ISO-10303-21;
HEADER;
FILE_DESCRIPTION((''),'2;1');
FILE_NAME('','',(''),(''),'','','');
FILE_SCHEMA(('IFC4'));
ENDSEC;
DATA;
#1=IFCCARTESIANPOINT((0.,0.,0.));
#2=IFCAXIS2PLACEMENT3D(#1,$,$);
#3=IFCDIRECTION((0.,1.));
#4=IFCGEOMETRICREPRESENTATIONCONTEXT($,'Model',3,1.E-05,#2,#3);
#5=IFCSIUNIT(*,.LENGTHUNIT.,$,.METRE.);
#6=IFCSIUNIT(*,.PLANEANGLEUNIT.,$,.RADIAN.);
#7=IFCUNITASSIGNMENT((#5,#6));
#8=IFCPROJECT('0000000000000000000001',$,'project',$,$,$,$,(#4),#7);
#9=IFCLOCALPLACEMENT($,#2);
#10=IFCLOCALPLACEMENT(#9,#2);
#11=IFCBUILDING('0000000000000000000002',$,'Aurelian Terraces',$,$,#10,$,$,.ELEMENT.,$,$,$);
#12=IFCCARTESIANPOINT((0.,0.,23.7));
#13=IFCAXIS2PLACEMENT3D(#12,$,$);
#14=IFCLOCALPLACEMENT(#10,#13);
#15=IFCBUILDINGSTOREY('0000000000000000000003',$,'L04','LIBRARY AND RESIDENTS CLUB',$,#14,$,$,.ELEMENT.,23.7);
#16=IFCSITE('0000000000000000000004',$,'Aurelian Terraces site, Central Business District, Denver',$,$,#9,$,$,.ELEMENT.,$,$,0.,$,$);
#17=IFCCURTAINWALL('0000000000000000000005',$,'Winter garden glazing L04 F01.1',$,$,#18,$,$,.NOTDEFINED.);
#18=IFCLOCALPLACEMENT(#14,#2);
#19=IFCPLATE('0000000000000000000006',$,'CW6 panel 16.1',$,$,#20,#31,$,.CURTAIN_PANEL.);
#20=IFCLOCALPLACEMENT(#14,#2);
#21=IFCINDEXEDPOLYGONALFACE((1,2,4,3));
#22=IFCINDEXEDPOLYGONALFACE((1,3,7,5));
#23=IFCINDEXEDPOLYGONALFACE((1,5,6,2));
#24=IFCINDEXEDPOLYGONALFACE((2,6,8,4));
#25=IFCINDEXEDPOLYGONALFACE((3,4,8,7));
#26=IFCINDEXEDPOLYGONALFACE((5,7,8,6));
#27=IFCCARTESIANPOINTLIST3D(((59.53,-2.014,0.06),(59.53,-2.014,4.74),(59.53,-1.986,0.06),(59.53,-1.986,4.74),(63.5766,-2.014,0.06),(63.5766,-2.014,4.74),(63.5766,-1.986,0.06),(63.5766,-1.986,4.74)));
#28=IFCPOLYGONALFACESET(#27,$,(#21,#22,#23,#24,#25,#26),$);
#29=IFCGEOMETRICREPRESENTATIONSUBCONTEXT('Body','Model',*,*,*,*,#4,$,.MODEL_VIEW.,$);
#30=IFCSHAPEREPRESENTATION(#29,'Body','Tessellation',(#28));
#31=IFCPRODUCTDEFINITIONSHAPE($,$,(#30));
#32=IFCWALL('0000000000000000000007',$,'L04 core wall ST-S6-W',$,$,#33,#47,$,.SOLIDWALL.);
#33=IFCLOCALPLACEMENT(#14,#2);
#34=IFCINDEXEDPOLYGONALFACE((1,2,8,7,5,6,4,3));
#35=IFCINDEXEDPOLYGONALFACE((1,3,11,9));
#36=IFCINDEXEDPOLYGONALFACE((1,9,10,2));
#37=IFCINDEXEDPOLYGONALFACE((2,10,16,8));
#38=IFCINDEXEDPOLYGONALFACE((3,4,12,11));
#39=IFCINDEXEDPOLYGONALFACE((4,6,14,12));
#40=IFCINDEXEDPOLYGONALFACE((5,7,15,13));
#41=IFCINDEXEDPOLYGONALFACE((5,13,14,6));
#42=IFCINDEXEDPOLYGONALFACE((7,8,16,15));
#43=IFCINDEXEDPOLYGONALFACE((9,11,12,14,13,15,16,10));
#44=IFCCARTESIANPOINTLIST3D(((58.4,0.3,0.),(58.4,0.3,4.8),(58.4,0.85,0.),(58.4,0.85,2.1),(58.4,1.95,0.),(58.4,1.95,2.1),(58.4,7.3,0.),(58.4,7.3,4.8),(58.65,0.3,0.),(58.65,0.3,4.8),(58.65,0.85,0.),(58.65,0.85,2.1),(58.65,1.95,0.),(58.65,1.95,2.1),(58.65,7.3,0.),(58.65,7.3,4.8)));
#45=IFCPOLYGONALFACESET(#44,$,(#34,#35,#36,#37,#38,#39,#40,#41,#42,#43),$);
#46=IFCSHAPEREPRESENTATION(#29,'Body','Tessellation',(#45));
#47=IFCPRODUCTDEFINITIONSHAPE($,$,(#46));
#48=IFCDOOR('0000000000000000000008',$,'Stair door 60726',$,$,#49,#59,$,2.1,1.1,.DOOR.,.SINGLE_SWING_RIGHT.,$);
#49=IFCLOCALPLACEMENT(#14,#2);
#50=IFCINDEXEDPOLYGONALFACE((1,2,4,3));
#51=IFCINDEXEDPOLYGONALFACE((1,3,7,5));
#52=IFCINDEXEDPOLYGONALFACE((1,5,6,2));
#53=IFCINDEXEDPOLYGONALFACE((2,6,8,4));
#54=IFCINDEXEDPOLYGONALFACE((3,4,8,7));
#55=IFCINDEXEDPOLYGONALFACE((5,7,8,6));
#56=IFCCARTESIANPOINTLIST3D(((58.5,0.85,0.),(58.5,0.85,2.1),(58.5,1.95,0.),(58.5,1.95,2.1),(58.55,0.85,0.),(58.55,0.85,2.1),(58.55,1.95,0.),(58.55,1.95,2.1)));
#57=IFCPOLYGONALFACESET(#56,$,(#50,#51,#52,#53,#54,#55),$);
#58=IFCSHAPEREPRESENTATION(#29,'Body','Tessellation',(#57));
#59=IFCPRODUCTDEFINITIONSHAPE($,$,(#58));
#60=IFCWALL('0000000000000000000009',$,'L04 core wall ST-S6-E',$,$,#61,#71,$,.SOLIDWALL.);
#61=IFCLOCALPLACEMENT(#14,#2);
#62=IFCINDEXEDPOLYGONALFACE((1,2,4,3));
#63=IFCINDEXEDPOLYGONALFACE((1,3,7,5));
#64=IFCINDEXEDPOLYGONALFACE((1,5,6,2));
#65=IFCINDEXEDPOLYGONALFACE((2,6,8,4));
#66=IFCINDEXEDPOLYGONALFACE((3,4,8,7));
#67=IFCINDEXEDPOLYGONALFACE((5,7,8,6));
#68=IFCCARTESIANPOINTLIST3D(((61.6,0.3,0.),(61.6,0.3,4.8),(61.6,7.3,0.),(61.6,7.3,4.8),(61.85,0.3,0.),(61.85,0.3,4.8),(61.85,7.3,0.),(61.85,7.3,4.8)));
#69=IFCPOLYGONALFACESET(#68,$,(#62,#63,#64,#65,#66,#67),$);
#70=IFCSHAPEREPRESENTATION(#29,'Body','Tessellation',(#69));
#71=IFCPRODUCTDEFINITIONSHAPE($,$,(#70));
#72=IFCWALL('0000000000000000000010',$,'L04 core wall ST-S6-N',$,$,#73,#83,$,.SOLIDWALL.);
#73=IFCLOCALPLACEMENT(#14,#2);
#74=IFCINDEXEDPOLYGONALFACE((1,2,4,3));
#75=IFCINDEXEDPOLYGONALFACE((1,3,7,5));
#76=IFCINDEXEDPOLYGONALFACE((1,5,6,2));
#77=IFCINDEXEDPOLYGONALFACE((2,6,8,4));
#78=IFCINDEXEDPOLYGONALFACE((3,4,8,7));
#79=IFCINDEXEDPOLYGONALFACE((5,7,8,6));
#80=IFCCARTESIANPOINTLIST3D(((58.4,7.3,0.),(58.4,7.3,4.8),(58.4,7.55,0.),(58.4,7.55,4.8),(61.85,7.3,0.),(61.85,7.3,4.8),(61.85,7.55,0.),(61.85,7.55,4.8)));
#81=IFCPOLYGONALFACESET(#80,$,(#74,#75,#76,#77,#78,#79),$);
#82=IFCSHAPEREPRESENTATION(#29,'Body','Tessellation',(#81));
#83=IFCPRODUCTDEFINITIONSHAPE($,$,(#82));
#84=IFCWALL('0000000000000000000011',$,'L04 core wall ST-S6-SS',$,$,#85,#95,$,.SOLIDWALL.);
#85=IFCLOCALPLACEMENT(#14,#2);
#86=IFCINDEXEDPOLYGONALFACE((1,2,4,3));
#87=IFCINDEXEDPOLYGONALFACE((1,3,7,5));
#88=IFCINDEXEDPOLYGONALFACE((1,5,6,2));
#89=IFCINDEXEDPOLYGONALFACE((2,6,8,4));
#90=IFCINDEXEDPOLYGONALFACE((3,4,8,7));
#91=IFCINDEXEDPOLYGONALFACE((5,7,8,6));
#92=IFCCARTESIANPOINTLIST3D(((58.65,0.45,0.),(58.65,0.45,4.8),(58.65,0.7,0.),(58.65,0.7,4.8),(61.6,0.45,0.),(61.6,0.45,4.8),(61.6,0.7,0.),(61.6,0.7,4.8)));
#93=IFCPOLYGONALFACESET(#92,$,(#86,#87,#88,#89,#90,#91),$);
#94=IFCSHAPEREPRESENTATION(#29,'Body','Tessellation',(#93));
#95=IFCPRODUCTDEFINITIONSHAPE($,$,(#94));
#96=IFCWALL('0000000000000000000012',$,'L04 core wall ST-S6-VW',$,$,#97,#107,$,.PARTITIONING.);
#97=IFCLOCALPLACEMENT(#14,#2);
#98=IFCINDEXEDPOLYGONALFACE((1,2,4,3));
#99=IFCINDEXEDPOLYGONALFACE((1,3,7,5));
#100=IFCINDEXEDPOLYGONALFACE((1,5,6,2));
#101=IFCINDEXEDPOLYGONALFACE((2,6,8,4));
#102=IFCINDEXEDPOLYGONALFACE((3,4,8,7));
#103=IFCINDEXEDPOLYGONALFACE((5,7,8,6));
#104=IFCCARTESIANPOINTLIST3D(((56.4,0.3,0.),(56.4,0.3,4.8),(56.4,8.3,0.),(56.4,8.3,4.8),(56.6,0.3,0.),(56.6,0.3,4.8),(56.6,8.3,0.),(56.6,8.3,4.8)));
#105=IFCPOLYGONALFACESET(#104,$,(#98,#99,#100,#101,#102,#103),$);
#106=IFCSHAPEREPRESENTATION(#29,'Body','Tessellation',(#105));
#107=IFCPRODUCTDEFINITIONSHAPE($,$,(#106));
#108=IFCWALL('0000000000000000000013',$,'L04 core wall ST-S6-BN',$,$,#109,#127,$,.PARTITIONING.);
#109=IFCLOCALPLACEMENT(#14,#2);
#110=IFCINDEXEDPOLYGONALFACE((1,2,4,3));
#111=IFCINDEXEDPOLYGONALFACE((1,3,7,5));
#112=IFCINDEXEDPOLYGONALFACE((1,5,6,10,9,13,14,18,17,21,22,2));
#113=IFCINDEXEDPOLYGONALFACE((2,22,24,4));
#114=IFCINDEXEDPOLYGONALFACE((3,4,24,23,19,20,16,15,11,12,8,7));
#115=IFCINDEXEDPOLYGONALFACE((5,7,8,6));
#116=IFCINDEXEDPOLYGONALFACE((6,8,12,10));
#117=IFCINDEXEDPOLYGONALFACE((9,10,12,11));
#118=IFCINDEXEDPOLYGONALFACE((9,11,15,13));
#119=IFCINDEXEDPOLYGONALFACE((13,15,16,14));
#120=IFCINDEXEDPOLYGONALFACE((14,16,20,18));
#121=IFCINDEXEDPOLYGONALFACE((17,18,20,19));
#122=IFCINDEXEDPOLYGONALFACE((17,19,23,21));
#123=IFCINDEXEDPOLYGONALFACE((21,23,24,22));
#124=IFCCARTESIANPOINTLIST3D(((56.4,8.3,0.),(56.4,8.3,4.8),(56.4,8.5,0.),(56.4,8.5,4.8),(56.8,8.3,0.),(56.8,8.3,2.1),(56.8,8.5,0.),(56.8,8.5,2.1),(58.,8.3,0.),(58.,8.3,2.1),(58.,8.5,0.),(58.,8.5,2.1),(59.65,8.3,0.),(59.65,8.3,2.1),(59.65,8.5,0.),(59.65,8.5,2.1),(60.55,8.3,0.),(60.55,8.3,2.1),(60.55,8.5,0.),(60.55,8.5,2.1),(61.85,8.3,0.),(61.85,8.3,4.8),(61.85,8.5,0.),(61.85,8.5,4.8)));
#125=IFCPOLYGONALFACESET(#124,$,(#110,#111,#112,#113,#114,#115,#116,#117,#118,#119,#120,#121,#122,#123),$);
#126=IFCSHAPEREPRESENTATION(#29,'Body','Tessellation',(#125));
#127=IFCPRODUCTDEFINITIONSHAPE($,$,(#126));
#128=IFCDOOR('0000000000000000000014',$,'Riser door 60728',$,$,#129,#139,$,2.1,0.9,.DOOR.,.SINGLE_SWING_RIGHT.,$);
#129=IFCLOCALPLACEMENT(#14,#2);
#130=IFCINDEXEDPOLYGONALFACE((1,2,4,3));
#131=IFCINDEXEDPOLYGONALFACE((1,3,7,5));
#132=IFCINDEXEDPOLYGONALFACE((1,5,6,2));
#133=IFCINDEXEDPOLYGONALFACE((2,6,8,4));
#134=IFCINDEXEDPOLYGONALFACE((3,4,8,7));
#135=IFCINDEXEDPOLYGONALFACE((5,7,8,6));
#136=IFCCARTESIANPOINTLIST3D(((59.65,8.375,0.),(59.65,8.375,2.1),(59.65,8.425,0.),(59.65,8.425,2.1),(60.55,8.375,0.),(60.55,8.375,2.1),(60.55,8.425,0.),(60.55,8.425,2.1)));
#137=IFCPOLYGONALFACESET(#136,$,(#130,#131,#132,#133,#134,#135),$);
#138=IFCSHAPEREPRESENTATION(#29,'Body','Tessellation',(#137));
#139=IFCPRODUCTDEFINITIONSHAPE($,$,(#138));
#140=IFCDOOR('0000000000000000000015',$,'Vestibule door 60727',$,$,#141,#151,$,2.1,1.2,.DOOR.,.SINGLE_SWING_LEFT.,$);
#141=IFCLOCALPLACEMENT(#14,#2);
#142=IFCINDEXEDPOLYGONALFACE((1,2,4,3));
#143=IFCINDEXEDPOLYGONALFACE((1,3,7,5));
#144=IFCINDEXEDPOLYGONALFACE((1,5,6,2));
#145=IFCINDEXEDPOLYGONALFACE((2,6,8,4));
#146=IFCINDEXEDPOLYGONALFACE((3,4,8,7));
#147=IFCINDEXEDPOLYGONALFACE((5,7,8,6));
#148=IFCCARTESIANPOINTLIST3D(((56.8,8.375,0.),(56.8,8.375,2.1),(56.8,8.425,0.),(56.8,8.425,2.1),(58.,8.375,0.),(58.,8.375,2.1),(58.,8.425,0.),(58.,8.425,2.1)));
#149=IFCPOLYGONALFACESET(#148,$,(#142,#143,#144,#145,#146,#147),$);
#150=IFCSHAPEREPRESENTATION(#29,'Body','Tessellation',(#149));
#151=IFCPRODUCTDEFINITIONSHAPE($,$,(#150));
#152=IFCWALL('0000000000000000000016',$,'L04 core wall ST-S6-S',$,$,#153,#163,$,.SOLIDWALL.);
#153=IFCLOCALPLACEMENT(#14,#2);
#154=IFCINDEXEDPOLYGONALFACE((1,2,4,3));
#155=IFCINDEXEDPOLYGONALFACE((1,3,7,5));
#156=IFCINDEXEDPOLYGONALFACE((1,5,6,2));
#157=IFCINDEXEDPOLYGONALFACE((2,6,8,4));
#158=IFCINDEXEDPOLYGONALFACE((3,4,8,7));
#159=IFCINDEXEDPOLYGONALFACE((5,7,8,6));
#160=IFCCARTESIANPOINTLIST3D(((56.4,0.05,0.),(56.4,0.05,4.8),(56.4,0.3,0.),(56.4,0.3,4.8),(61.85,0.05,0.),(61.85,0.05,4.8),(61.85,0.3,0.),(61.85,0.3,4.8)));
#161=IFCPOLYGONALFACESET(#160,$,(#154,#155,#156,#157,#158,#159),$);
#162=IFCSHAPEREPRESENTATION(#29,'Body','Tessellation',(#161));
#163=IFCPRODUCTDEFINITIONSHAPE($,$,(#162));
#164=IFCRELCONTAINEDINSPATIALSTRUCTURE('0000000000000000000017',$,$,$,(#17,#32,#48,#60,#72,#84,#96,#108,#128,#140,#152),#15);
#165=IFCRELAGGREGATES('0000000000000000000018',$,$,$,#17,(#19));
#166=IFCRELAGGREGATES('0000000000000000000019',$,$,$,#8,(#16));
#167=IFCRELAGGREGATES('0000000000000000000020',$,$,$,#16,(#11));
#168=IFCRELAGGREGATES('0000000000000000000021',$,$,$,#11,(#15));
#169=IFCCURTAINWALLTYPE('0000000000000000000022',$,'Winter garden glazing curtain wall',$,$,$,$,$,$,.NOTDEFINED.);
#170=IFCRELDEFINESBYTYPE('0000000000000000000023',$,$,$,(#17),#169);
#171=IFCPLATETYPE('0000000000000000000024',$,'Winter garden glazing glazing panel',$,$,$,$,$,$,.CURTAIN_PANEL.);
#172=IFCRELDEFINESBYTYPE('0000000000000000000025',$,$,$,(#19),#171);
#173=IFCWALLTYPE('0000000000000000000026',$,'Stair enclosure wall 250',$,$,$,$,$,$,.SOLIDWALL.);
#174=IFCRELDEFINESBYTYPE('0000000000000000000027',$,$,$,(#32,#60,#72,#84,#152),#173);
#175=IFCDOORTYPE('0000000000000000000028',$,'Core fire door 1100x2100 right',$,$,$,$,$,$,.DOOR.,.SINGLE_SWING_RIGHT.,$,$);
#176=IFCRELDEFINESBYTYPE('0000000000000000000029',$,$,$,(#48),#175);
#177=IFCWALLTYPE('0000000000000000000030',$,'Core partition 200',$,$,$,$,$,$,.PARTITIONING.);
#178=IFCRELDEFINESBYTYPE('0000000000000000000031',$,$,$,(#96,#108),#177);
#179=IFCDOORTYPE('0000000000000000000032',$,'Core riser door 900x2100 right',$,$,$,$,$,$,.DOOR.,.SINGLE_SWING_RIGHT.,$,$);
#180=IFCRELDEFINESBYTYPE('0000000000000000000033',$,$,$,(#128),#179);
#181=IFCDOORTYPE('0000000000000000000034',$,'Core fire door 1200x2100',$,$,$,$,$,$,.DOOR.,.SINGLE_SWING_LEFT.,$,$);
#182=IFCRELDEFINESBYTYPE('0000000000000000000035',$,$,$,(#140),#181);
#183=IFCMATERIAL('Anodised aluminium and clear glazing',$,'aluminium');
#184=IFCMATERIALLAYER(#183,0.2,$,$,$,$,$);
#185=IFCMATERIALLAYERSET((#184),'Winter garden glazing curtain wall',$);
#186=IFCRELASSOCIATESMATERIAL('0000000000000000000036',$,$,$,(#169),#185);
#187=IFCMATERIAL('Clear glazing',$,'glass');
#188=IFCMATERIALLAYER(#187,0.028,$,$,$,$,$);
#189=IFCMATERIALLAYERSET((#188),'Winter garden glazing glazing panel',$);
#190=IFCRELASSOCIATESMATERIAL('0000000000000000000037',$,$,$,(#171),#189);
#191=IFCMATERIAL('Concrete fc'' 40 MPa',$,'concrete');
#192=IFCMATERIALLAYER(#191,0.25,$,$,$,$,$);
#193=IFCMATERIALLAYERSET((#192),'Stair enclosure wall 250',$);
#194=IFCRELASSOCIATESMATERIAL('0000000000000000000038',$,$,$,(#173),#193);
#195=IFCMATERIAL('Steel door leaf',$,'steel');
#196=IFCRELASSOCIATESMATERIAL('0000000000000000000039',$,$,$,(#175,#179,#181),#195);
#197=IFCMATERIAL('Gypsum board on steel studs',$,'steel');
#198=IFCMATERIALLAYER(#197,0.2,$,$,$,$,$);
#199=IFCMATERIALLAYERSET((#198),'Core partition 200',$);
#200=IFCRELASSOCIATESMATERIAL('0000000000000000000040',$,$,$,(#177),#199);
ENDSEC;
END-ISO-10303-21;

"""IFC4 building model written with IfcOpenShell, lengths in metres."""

from ifc_helpers import new_model, si_unit, direction, frame, frame_2d, origin, origin_2d, place, context, subcontext, project, spatial, rectangle, extrude, source, transform, mapped, material, layer, layer_set, type_object, element, fill, aggregate, save


model = new_model("IFC4")

# Units and contexts
model_context = context("Model", 3, precision=1e-05, world=origin(), true_north=direction((0.0, 1.0)))
body_context = subcontext(model_context, "Body", "Model", "MODEL_VIEW")
ifc_project = project(units=[si_unit("LENGTHUNIT", "METRE"), si_unit("PLANEANGLEUNIT", "RADIAN")], contexts=[model_context])

# Site, building, storey
site_placement = place(None, origin())
site = spatial("IfcSite", under=ifc_project, at=site_placement, Name="Aurelian Terraces site, Central Business District, Denver", CompositionType="ELEMENT", RefElevation=0.0)
building_placement = place(site_placement, origin())
building = spatial("IfcBuilding", under=site, at=building_placement, Name="Aurelian Terraces", CompositionType="ELEMENT")
storey_placement = place(building_placement, frame((0.0, 0.0, 23.7)))
storey = spatial("IfcBuildingStorey", under=building, at=storey_placement, Name="L04", Description="LIBRARY AND RESIDENTS CLUB", CompositionType="ELEMENT", Elevation=23.7)

# Curtain wall, plate
ifc_material_1 = material(Name="Anodised aluminium and clear glazing", Category="aluminium")
ifc_layer_1 = layer(ifc_material_1, 0.2)
ifc_layer_set_1 = layer_set([ifc_layer_1], Name="Winter garden glazing curtain wall")
curtain_wall_type = type_object("IfcCurtainWallType", Name="Winter garden glazing curtain wall", PredefinedType="NOTDEFINED", material=ifc_layer_set_1)
curtain_wall_placement = place(storey_placement, origin())
curtain_wall = element("IfcCurtainWall", 1, at=curtain_wall_placement, inside=storey, type_object=curtain_wall_type, Name="Winter garden glazing L04 F01.1", PredefinedType="NOTDEFINED")
ifc_material_2 = material(Name="Clear glazing", Category="glass")
ifc_layer_2 = layer(ifc_material_2, 0.028)
ifc_layer_set_2 = layer_set([ifc_layer_2], Name="Winter garden glazing glazing panel")
plate_type = type_object("IfcPlateType", Name="Winter garden glazing glazing panel", PredefinedType="CURTAIN_PANEL", material=ifc_layer_set_2)
shared_shape_1 = source(origin(), body_context, "Body", "SweptSolid", [
    extrude(rectangle(XDim=4.0467, YDim=0.028, at=origin_2d()), origin(), (0.0, 0.0, 1.0), 4.68),
])
plate_1_placement = place(storey_placement, frame((61.5533, -2.0, 0.06), z_axis=(0.0, 0.0, 1.0), x_axis=(1.0, 0.0, 0.0)))
plate_1 = element("IfcPlate", 2, at=plate_1_placement, type_object=plate_type, Name="CW6 panel 16.1", PredefinedType="CURTAIN_PANEL", context=body_context, shape_type="MappedRepresentation", body=[
    mapped(shared_shape_1, transform((0.0, 0.0, 0.0), scale=1.0)),
])
aggregate(curtain_wall, [plate_1])

# Wall, opening, door
ifc_material_3 = material(Name="Concrete fc' 40 MPa", Category="concrete")
ifc_layer_3 = layer(ifc_material_3, 0.25)
ifc_layer_set_3 = layer_set([ifc_layer_3], Name="Stair enclosure wall 250")
wall_type_1 = type_object("IfcWallType", Name="Stair enclosure wall 250", PredefinedType="SOLIDWALL", material=ifc_layer_set_3)
shared_shape_2 = source(origin(), body_context, "Body", "SweptSolid", [
    extrude(rectangle(XDim=7.0, YDim=0.25, at=frame_2d((3.5, 0.0))), origin(), (0.0, 0.0, 1.0), 4.8),
])
wall_1_placement = place(storey_placement, frame((58.525, 0.3, 0.0), z_axis=(0.0, 0.0, 1.0), x_axis=(0.0, 1.0, 0.0)))
wall_1 = element("IfcWall", 3, at=wall_1_placement, inside=storey, type_object=wall_type_1, Name="L04 core wall ST-S6-W", PredefinedType="SOLIDWALL", context=body_context, shape_type="MappedRepresentation", body=[
    mapped(shared_shape_2, transform((0.0, 0.0, 0.0), scale=1.0)),
])
shared_shape_3 = source(origin(), body_context, "Body", "SweptSolid", [
    extrude(rectangle(XDim=1.1, YDim=2.1, at=frame_2d((0.55, 1.05))), frame((0.0, 0.135, 0.0), z_axis=(0.0, -1.0, 0.0), x_axis=(1.0, 0.0, 0.0)), (0.0, 0.0, 1.0), 0.27),
])
opening_1_placement = place(wall_1_placement, frame((0.55, 0.0, 0.0)))
opening_1 = element("IfcOpeningElement", 4, at=opening_1_placement, cuts=wall_1, PredefinedType="OPENING", context=body_context, shape_type="MappedRepresentation", body=[
    mapped(shared_shape_3, transform((0.0, 0.0, 0.0), scale=1.0)),
])
ifc_material_4 = material(Name="Steel door leaf", Category="steel")
door_type_1 = type_object("IfcDoorType", Name="Core fire door 1100x2100 right", OperationType="SINGLE_SWING_RIGHT", PredefinedType="DOOR", material=ifc_material_4)
shared_shape_4 = source(origin(), body_context, "Body", "SweptSolid", [
    extrude(rectangle(XDim=1.1, YDim=2.1, at=frame_2d((0.55, 1.05))), frame((0.0, 0.025, 0.0), z_axis=(0.0, -1.0, 0.0), x_axis=(1.0, 0.0, 0.0)), (0.0, 0.0, 1.0), 0.05),
])
door_1_placement = place(opening_1_placement, origin())
door_1 = element("IfcDoor", 5, at=door_1_placement, inside=storey, type_object=door_type_1, Name="Stair door 60726", OperationType="SINGLE_SWING_RIGHT", OverallHeight=2.1, OverallWidth=1.1, PredefinedType="DOOR", context=body_context, shape_type="MappedRepresentation", body=[
    mapped(shared_shape_4, transform((0.0, 0.0, 0.0), scale=1.0)),
])
fill(opening_1, door_1)

# Walls
wall_2_placement = place(storey_placement, frame((61.725, 0.3, 0.0), z_axis=(0.0, 0.0, 1.0), x_axis=(0.0, 1.0, 0.0)))
element("IfcWall", 6, at=wall_2_placement, inside=storey, type_object=wall_type_1, Name="L04 core wall ST-S6-E", PredefinedType="SOLIDWALL", context=body_context, shape_type="MappedRepresentation", body=[
    mapped(shared_shape_2, transform((0.0, 0.0, 0.0), scale=1.0)),
])
shared_shape_5 = source(origin(), body_context, "Body", "SweptSolid", [
    extrude(rectangle(XDim=3.45, YDim=0.25, at=frame_2d((1.725, 0.0))), origin(), (0.0, 0.0, 1.0), 4.8),
])
wall_3_placement = place(storey_placement, frame((58.4, 7.425, 0.0), z_axis=(0.0, 0.0, 1.0), x_axis=(1.0, 0.0, 0.0)))
element("IfcWall", 7, at=wall_3_placement, inside=storey, type_object=wall_type_1, Name="L04 core wall ST-S6-N", PredefinedType="SOLIDWALL", context=body_context, shape_type="MappedRepresentation", body=[
    mapped(shared_shape_5, transform((0.0, 0.0, 0.0), scale=1.0)),
])
shared_shape_6 = source(origin(), body_context, "Body", "SweptSolid", [
    extrude(rectangle(XDim=2.95, YDim=0.25, at=frame_2d((1.475, 0.0))), origin(), (0.0, 0.0, 1.0), 4.8),
])
wall_4_placement = place(storey_placement, frame((58.65, 0.575, 0.0), z_axis=(0.0, 0.0, 1.0), x_axis=(1.0, 0.0, 0.0)))
element("IfcWall", 8, at=wall_4_placement, inside=storey, type_object=wall_type_1, Name="L04 core wall ST-S6-SS", PredefinedType="SOLIDWALL", context=body_context, shape_type="MappedRepresentation", body=[
    mapped(shared_shape_6, transform((0.0, 0.0, 0.0), scale=1.0)),
])
ifc_material_5 = material(Name="Gypsum board on steel studs", Category="steel")
ifc_layer_4 = layer(ifc_material_5, 0.2)
ifc_layer_set_4 = layer_set([ifc_layer_4], Name="Core partition 200")
wall_type_2 = type_object("IfcWallType", Name="Core partition 200", PredefinedType="PARTITIONING", material=ifc_layer_set_4)
shared_shape_7 = source(origin(), body_context, "Body", "SweptSolid", [
    extrude(rectangle(XDim=8.0, YDim=0.2, at=frame_2d((4.0, 0.0))), origin(), (0.0, 0.0, 1.0), 4.8),
])
wall_5_placement = place(storey_placement, frame((56.5, 0.3, 0.0), z_axis=(0.0, 0.0, 1.0), x_axis=(0.0, 1.0, 0.0)))
element("IfcWall", 9, at=wall_5_placement, inside=storey, type_object=wall_type_2, Name="L04 core wall ST-S6-VW", PredefinedType="PARTITIONING", context=body_context, shape_type="MappedRepresentation", body=[
    mapped(shared_shape_7, transform((0.0, 0.0, 0.0), scale=1.0)),
])

# Wall, openings, doors
shared_shape_8 = source(origin(), body_context, "Body", "SweptSolid", [
    extrude(rectangle(XDim=5.45, YDim=0.2, at=frame_2d((2.725, 0.0))), origin(), (0.0, 0.0, 1.0), 4.8),
])
wall_6_placement = place(storey_placement, frame((56.4, 8.4, 0.0), z_axis=(0.0, 0.0, 1.0), x_axis=(1.0, 0.0, 0.0)))
wall_6 = element("IfcWall", 10, at=wall_6_placement, inside=storey, type_object=wall_type_2, Name="L04 core wall ST-S6-BN", PredefinedType="PARTITIONING", context=body_context, shape_type="MappedRepresentation", body=[
    mapped(shared_shape_8, transform((0.0, 0.0, 0.0), scale=1.0)),
])
shared_shape_9 = source(origin(), body_context, "Body", "SweptSolid", [
    extrude(rectangle(XDim=1.2, YDim=2.1, at=frame_2d((0.6, 1.05))), frame((0.0, 0.11, 0.0), z_axis=(0.0, -1.0, 0.0), x_axis=(1.0, 0.0, 0.0)), (0.0, 0.0, 1.0), 0.22),
])
opening_2_placement = place(wall_6_placement, frame((0.4, 0.0, 0.0)))
opening_2 = element("IfcOpeningElement", 11, at=opening_2_placement, cuts=wall_6, PredefinedType="OPENING", context=body_context, shape_type="MappedRepresentation", body=[
    mapped(shared_shape_9, transform((0.0, 0.0, 0.0), scale=1.0)),
])
shared_shape_10 = source(origin(), body_context, "Body", "SweptSolid", [
    extrude(rectangle(XDim=0.9, YDim=2.1, at=frame_2d((0.45, 1.05))), frame((0.0, 0.11, 0.0), z_axis=(0.0, -1.0, 0.0), x_axis=(1.0, 0.0, 0.0)), (0.0, 0.0, 1.0), 0.22),
])
opening_3_placement = place(wall_6_placement, frame((3.25, 0.0, 0.0)))
opening_3 = element("IfcOpeningElement", 12, at=opening_3_placement, cuts=wall_6, PredefinedType="OPENING", context=body_context, shape_type="MappedRepresentation", body=[
    mapped(shared_shape_10, transform((0.0, 0.0, 0.0), scale=1.0)),
])
door_type_2 = type_object("IfcDoorType", Name="Core riser door 900x2100 right", OperationType="SINGLE_SWING_RIGHT", PredefinedType="DOOR", material=ifc_material_4)
shared_shape_11 = source(origin(), body_context, "Body", "SweptSolid", [
    extrude(rectangle(XDim=0.9, YDim=2.1, at=frame_2d((0.45, 1.05))), frame((0.0, 0.025, 0.0), z_axis=(0.0, -1.0, 0.0), x_axis=(1.0, 0.0, 0.0)), (0.0, 0.0, 1.0), 0.05),
])
door_2_placement = place(opening_3_placement, origin())
door_2 = element("IfcDoor", 13, at=door_2_placement, inside=storey, type_object=door_type_2, Name="Riser door 60728", OperationType="SINGLE_SWING_RIGHT", OverallHeight=2.1, OverallWidth=0.9, PredefinedType="DOOR", context=body_context, shape_type="MappedRepresentation", body=[
    mapped(shared_shape_11, transform((0.0, 0.0, 0.0), scale=1.0)),
])
fill(opening_3, door_2)
door_type_3 = type_object("IfcDoorType", Name="Core fire door 1200x2100", OperationType="SINGLE_SWING_LEFT", PredefinedType="DOOR", material=ifc_material_4)
shared_shape_12 = source(origin(), body_context, "Body", "SweptSolid", [
    extrude(rectangle(XDim=1.2, YDim=2.1, at=frame_2d((0.6, 1.05))), frame((0.0, 0.025, 0.0), z_axis=(0.0, -1.0, 0.0), x_axis=(1.0, 0.0, 0.0)), (0.0, 0.0, 1.0), 0.05),
])
door_3_placement = place(opening_2_placement, origin())
door_3 = element("IfcDoor", 14, at=door_3_placement, inside=storey, type_object=door_type_3, Name="Vestibule door 60727", OperationType="SINGLE_SWING_LEFT", OverallHeight=2.1, OverallWidth=1.2, PredefinedType="DOOR", context=body_context, shape_type="MappedRepresentation", body=[
    mapped(shared_shape_12, transform((0.0, 0.0, 0.0), scale=1.0)),
])
fill(opening_2, door_3)

# Wall
shared_shape_13 = source(origin(), body_context, "Body", "SweptSolid", [
    extrude(rectangle(XDim=5.45, YDim=0.25, at=frame_2d((2.725, 0.0))), origin(), (0.0, 0.0, 1.0), 4.8),
])
wall_7_placement = place(storey_placement, frame((56.4, 0.175, 0.0), z_axis=(0.0, 0.0, 1.0), x_axis=(1.0, 0.0, 0.0)))
element("IfcWall", 15, at=wall_7_placement, inside=storey, type_object=wall_type_1, Name="L04 core wall ST-S6-S", PredefinedType="SOLIDWALL", context=body_context, shape_type="MappedRepresentation", body=[
    mapped(shared_shape_13, transform((0.0, 0.0, 0.0), scale=1.0)),
])

save(model, "model.ifc")
